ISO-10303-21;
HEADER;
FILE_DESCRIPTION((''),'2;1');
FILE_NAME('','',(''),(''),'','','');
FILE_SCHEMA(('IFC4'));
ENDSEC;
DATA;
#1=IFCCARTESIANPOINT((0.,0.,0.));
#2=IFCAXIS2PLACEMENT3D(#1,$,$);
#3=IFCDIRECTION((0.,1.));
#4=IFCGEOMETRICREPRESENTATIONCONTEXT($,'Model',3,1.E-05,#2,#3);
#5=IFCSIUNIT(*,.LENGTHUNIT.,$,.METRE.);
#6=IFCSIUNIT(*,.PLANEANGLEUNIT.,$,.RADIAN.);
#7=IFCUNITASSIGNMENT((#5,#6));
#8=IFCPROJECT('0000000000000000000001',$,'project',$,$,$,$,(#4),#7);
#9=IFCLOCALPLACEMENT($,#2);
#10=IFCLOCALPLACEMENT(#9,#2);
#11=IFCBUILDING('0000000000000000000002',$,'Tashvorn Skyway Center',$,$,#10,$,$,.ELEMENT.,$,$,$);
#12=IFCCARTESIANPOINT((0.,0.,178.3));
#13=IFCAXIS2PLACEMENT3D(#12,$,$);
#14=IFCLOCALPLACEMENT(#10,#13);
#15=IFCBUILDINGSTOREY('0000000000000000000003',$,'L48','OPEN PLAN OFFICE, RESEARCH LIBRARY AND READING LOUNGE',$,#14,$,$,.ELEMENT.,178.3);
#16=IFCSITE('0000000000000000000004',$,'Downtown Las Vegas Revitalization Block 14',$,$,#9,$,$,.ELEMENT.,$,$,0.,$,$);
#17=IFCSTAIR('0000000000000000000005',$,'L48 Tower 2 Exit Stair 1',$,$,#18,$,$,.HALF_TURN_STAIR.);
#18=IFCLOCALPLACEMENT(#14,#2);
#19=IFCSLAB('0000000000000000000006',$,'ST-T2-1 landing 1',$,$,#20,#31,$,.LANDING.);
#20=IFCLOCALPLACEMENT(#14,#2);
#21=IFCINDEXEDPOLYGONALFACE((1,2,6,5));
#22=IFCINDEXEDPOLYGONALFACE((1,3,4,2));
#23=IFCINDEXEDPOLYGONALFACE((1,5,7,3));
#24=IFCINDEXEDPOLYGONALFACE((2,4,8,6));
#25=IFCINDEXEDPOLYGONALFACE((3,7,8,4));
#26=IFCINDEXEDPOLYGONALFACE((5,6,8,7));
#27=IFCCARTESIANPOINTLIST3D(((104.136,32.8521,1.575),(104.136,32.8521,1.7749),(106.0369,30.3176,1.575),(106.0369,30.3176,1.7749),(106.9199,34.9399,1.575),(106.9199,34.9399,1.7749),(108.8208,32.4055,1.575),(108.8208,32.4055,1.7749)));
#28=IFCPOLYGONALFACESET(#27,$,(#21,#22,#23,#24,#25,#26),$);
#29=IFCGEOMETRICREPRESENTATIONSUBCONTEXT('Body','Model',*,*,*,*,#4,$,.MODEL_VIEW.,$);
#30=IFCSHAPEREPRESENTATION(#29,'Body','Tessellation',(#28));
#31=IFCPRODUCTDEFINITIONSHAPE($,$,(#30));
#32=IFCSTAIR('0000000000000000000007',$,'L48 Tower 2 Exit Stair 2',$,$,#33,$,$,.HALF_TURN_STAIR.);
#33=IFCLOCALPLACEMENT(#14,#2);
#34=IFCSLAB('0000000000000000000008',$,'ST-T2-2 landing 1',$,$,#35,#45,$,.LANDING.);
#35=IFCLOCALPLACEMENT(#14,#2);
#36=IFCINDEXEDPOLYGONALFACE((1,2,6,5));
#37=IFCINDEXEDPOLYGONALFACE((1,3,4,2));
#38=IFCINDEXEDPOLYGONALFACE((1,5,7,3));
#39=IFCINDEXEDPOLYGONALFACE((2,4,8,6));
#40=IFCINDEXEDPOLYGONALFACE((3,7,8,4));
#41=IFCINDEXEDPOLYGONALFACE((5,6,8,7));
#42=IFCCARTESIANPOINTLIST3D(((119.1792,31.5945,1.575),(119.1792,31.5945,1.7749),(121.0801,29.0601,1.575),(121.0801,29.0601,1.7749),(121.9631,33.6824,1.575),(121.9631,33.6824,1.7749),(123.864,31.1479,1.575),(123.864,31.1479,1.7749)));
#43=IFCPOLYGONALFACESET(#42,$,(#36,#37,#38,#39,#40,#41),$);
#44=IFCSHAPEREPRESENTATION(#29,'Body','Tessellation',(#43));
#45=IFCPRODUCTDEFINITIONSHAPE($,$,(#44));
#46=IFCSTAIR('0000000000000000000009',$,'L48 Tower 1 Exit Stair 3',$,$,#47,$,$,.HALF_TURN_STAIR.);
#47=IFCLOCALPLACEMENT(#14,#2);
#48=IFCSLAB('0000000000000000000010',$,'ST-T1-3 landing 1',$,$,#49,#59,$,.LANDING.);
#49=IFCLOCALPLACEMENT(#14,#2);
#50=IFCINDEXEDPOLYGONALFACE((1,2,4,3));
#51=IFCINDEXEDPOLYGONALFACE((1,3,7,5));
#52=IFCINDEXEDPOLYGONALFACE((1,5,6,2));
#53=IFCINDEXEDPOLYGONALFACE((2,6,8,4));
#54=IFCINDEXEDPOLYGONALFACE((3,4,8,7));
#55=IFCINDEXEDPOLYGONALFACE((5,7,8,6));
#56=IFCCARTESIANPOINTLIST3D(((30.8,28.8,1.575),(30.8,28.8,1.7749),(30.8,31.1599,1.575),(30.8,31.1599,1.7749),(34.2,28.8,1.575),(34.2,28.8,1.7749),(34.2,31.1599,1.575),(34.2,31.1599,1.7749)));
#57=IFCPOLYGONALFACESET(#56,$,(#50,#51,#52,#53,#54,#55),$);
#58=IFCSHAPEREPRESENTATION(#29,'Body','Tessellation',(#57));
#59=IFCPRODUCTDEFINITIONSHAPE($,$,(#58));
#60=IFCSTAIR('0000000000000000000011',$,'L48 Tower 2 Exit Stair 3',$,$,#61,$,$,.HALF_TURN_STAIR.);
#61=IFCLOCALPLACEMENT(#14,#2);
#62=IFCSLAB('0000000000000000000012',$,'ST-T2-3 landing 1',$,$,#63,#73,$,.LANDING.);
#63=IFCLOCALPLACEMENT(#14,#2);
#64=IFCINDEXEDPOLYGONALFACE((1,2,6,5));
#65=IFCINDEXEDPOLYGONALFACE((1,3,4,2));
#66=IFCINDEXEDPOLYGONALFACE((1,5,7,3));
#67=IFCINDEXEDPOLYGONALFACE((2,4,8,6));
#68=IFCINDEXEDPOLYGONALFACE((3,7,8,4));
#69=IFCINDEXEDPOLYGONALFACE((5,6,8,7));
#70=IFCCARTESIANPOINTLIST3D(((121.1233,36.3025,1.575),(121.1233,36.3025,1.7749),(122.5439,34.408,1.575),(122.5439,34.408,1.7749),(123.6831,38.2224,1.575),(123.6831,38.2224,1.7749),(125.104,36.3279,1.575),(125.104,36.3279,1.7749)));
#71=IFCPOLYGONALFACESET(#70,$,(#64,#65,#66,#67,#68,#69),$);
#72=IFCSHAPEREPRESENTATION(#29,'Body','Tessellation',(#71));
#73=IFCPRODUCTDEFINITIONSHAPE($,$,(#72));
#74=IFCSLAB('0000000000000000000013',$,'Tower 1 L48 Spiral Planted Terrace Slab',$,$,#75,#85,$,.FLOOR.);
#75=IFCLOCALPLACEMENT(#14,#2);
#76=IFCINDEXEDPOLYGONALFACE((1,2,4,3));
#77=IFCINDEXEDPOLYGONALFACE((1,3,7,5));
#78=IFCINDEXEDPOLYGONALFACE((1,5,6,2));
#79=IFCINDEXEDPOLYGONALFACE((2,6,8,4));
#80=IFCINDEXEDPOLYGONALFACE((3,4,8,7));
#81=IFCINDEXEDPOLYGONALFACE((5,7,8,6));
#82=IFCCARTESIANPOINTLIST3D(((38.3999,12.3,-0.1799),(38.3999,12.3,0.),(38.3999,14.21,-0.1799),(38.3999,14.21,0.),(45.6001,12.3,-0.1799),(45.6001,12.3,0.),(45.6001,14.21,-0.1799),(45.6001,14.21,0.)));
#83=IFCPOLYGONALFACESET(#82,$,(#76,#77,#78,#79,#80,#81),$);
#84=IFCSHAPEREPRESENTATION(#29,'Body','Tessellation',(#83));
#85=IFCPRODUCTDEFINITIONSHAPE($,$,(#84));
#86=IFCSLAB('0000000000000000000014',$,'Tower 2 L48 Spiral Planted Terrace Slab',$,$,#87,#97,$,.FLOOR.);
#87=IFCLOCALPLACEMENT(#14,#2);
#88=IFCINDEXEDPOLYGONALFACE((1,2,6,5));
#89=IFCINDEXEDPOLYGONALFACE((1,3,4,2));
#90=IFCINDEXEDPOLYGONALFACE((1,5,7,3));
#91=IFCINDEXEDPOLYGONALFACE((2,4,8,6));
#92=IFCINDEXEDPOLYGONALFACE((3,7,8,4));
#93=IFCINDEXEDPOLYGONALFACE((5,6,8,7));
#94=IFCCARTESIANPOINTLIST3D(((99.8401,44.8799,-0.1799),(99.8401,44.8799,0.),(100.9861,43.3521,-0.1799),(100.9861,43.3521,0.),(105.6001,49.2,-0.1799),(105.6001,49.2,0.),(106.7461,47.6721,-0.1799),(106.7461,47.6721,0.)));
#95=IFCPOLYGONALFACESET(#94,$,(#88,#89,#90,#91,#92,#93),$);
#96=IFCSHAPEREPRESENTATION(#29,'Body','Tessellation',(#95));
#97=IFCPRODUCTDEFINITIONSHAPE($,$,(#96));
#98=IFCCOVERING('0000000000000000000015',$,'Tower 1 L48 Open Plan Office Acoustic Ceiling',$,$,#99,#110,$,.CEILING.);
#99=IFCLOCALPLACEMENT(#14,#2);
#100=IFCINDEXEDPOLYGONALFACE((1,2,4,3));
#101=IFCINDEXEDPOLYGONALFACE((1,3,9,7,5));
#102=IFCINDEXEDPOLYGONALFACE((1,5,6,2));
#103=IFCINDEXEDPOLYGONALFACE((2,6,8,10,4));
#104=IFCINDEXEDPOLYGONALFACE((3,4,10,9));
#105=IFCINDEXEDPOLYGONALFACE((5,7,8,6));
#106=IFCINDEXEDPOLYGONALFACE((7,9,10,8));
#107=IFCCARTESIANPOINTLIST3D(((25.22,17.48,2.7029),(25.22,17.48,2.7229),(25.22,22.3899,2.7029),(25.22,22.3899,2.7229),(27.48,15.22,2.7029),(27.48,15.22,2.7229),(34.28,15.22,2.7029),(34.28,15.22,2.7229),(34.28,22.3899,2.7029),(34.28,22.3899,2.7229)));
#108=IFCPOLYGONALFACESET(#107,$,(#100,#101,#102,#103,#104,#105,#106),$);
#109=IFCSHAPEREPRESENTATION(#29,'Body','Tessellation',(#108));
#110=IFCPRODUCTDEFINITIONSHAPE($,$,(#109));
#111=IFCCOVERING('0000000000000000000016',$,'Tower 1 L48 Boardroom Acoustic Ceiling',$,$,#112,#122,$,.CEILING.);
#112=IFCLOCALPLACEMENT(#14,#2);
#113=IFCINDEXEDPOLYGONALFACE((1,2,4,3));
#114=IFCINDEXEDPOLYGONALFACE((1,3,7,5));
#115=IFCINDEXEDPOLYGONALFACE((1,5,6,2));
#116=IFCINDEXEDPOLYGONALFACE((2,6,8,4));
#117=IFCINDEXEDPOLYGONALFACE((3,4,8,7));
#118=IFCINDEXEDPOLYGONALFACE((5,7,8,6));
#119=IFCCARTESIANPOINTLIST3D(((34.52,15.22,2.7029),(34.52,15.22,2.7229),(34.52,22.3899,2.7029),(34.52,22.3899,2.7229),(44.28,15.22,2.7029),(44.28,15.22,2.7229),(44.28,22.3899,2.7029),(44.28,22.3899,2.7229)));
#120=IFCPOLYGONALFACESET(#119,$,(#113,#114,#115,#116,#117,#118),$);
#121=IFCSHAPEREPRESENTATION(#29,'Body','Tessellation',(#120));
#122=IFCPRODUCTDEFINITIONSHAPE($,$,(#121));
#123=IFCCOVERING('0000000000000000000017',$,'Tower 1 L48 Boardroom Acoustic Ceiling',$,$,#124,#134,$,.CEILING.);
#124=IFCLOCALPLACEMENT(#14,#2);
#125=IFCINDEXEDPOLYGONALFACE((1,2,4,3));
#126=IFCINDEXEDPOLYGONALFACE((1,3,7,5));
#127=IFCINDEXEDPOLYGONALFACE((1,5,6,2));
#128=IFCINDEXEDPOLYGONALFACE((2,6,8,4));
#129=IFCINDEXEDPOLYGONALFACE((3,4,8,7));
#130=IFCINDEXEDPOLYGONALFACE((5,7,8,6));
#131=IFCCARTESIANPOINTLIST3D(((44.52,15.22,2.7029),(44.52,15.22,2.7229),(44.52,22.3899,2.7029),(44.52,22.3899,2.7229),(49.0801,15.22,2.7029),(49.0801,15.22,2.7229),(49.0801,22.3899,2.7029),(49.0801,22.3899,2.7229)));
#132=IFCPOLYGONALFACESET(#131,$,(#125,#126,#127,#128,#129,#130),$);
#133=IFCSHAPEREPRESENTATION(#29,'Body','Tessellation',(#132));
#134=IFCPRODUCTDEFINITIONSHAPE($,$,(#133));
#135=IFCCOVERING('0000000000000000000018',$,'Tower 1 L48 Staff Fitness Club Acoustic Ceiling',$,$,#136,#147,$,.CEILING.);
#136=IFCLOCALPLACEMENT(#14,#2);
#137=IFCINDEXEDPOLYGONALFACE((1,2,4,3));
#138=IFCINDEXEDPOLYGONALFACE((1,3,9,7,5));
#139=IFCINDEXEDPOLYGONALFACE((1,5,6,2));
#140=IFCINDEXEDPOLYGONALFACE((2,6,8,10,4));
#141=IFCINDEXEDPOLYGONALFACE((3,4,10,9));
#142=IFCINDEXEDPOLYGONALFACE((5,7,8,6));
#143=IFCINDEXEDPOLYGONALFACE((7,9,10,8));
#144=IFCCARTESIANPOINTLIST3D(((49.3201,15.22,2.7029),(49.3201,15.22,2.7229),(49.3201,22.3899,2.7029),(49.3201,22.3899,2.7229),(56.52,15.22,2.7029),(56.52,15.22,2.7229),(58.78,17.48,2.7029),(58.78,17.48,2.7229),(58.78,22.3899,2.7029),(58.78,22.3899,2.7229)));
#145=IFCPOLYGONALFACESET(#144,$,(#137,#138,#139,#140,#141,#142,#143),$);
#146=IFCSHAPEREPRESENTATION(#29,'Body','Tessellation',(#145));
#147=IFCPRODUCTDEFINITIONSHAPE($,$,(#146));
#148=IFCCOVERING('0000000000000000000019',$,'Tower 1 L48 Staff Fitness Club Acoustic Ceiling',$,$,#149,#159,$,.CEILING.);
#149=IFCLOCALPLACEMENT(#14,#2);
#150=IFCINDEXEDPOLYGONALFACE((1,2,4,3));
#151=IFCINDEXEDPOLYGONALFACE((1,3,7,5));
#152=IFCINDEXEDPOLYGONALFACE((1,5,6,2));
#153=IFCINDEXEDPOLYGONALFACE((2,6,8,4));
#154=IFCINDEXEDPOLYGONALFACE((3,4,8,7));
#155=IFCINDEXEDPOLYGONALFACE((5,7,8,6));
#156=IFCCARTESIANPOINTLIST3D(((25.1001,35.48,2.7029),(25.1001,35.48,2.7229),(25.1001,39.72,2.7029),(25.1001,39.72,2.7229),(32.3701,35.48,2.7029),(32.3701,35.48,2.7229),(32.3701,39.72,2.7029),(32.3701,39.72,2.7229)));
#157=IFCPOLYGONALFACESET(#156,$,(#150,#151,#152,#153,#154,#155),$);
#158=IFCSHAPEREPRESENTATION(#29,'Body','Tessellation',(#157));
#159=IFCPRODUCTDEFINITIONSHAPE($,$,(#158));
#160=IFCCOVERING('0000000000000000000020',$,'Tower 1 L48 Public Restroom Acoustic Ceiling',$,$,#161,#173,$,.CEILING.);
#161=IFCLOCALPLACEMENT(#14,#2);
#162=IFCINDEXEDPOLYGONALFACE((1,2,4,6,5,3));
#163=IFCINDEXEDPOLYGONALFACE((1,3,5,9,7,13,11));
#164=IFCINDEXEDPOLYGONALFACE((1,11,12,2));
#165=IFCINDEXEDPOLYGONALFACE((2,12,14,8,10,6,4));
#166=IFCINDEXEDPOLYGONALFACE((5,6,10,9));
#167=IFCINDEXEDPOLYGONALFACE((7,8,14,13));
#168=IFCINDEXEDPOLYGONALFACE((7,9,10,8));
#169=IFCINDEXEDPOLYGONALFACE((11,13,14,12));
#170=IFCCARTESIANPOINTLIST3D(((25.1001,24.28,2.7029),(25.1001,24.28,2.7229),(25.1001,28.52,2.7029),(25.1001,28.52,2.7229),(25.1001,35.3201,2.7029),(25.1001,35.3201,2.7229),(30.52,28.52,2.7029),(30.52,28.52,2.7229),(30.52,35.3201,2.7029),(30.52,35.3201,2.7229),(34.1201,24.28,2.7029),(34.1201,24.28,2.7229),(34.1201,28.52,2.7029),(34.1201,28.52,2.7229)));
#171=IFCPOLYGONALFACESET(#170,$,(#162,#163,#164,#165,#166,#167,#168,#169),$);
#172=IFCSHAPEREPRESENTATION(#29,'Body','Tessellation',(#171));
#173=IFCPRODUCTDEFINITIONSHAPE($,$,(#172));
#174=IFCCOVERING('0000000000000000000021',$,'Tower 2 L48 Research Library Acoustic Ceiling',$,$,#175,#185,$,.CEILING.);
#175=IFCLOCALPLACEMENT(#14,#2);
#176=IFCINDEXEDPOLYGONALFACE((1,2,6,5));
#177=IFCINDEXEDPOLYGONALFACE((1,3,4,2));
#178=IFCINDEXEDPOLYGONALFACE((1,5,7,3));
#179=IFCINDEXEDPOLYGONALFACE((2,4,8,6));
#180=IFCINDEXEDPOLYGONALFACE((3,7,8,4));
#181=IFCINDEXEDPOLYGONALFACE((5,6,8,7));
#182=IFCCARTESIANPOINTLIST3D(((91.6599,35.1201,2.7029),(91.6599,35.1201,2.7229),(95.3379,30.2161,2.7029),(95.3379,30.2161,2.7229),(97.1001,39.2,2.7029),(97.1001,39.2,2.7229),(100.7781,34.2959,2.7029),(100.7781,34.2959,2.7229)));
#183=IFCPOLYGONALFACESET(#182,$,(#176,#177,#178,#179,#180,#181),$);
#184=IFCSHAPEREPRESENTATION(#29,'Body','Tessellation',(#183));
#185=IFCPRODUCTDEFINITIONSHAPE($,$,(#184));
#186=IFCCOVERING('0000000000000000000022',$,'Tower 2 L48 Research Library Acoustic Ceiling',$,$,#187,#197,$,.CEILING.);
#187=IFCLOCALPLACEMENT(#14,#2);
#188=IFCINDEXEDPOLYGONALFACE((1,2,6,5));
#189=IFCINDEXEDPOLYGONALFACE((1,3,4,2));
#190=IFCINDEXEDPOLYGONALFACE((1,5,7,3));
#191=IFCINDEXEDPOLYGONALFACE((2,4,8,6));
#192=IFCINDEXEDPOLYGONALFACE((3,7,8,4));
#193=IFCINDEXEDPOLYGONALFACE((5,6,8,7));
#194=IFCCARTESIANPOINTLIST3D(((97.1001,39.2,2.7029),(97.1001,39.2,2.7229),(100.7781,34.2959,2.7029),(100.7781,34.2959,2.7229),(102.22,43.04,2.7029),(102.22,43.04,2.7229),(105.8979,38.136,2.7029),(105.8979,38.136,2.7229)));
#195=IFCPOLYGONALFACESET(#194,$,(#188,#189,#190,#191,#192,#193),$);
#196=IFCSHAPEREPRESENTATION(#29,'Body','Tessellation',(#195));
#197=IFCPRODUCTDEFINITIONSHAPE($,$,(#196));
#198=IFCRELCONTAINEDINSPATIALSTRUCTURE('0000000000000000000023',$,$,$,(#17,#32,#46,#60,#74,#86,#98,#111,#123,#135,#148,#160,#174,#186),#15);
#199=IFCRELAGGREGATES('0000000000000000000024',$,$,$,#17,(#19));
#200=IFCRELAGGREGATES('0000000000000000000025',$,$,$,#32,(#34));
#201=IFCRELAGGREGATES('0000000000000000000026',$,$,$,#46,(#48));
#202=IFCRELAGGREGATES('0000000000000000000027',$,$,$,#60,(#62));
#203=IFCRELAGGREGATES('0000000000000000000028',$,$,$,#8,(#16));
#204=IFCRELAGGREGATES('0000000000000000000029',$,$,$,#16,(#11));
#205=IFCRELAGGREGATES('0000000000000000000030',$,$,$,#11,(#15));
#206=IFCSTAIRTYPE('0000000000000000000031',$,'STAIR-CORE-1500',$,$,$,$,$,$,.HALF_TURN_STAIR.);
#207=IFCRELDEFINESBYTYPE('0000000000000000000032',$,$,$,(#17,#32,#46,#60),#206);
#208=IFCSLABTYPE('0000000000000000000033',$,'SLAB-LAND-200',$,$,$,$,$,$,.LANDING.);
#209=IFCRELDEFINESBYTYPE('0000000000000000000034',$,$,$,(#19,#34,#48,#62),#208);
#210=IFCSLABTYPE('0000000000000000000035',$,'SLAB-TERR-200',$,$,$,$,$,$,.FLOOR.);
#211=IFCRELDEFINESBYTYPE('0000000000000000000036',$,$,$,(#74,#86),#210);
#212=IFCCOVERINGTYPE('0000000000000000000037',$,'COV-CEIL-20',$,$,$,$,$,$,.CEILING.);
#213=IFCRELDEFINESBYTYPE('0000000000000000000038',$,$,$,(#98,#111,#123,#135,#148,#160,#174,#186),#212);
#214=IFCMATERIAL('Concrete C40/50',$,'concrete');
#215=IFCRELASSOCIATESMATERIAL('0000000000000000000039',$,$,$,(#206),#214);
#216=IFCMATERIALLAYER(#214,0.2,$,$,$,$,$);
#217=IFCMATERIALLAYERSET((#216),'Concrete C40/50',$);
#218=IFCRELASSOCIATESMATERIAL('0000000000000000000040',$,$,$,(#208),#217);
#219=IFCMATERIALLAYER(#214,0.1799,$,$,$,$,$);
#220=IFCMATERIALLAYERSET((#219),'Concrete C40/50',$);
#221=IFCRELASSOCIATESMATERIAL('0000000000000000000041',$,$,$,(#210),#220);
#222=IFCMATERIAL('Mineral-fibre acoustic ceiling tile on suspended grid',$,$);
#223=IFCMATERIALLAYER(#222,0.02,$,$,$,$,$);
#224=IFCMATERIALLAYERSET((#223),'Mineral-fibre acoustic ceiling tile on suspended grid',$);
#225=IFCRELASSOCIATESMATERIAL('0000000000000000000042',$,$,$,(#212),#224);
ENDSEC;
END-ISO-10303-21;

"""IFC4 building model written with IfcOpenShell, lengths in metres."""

from ifc_helpers import new_model, si_unit, direction, frame, origin, place, context, subcontext, project, spatial, polyline, outline, extrude, material, layer, layer_set, type_object, element, aggregate, save


model = new_model("IFC4")

# Units and contexts
model_context = context("Model", 3, precision=1e-05, world=origin(), true_north=direction((0.0, 1.0)))
body_context = subcontext(model_context, "Body", "Model", "MODEL_VIEW")
ifc_project = project(units=[si_unit("LENGTHUNIT", "METRE"), si_unit("PLANEANGLEUNIT", "RADIAN")], contexts=[model_context])

# Site, building, storey
site_placement = place(None, origin())
site = spatial("IfcSite", under=ifc_project, at=site_placement, Name="Downtown Las Vegas Revitalization Block 14", CompositionType="ELEMENT", RefElevation=0.0)
building_placement = place(site_placement, origin())
building = spatial("IfcBuilding", under=site, at=building_placement, Name="Tashvorn Skyway Center", CompositionType="ELEMENT")
storey_placement = place(building_placement, frame((0.0, 0.0, 178.3)))
storey = spatial("IfcBuildingStorey", under=building, at=storey_placement, Name="L48", Description="OPEN PLAN OFFICE, RESEARCH LIBRARY AND READING LOUNGE", CompositionType="ELEMENT", Elevation=178.3)

# Shared definitions
ifc_material_1 = material(Name="Concrete C40/50", Category="concrete")

# Stairs, slabs
stair_type = type_object("IfcStairType", Name="STAIR-CORE-1500", PredefinedType="HALF_TURN_STAIR", material=ifc_material_1)
ifc_layer_1 = layer(ifc_material_1, 0.2)
ifc_layer_set_1 = layer_set([ifc_layer_1], Name="Concrete C40/50")
slab_type_1 = type_object("IfcSlabType", Name="SLAB-LAND-200", PredefinedType="LANDING", material=ifc_layer_set_1)
stair_1_placement = place(storey_placement, origin())
stair_1 = element("IfcStair", 1, at=stair_1_placement, inside=storey, type_object=stair_type, Name="L48 Tower 2 Exit Stair 1", PredefinedType="HALF_TURN_STAIR")
slab_1_placement = place(storey_placement, frame((0.0, 0.0, 1.575)))
slab_1 = element("IfcSlab", 2, at=slab_1_placement, type_object=slab_type_1, Name="ST-T2-1 landing 1", PredefinedType="LANDING", context=body_context, shape_type="SweptSolid", body=[
    extrude(outline(polyline([(108.8208, 32.4055), (106.9199, 34.9399), (104.136, 32.8521), (106.0369, 30.3176), (108.8208, 32.4055)])), origin(), (0.0, 0.0, 1.0), 0.2),
])
aggregate(stair_1, [slab_1])
stair_2_placement = place(storey_placement, origin())
stair_2 = element("IfcStair", 3, at=stair_2_placement, inside=storey, type_object=stair_type, Name="L48 Tower 2 Exit Stair 2", PredefinedType="HALF_TURN_STAIR")
slab_2_placement = place(storey_placement, frame((0.0, 0.0, 1.575)))
slab_2 = element("IfcSlab", 4, at=slab_2_placement, type_object=slab_type_1, Name="ST-T2-2 landing 1", PredefinedType="LANDING", context=body_context, shape_type="SweptSolid", body=[
    extrude(outline(polyline([(119.1792, 31.5945), (121.0801, 29.0601), (123.864, 31.1479), (121.9631, 33.6824), (119.1792, 31.5945)])), origin(), (0.0, 0.0, 1.0), 0.2),
])
aggregate(stair_2, [slab_2])
stair_3_placement = place(storey_placement, origin())
stair_3 = element("IfcStair", 5, at=stair_3_placement, inside=storey, type_object=stair_type, Name="L48 Tower 1 Exit Stair 3", PredefinedType="HALF_TURN_STAIR")
slab_3_placement = place(storey_placement, frame((0.0, 0.0, 1.575)))
slab_3 = element("IfcSlab", 6, at=slab_3_placement, type_object=slab_type_1, Name="ST-T1-3 landing 1", PredefinedType="LANDING", context=body_context, shape_type="SweptSolid", body=[
    extrude(outline(polyline([(30.8, 31.1599), (30.8, 28.8), (34.2, 28.8), (34.2, 31.1599), (30.8, 31.1599)])), origin(), (0.0, 0.0, 1.0), 0.2),
])
aggregate(stair_3, [slab_3])
stair_4_placement = place(storey_placement, origin())
stair_4 = element("IfcStair", 7, at=stair_4_placement, inside=storey, type_object=stair_type, Name="L48 Tower 2 Exit Stair 3", PredefinedType="HALF_TURN_STAIR")
slab_4_placement = place(storey_placement, frame((0.0, 0.0, 1.575)))
slab_4 = element("IfcSlab", 8, at=slab_4_placement, type_object=slab_type_1, Name="ST-T2-3 landing 1", PredefinedType="LANDING", context=body_context, shape_type="SweptSolid", body=[
    extrude(outline(polyline([(121.1233, 36.3025), (122.5439, 34.408), (125.104, 36.3279), (123.6831, 38.2224), (121.1233, 36.3025)])), origin(), (0.0, 0.0, 1.0), 0.2),
])
aggregate(stair_4, [slab_4])

# Slabs
ifc_layer_2 = layer(ifc_material_1, 0.1799)
ifc_layer_set_2 = layer_set([ifc_layer_2], Name="Concrete C40/50")
slab_type_2 = type_object("IfcSlabType", Name="SLAB-TERR-200", PredefinedType="FLOOR", material=ifc_layer_set_2)
slab_5_placement = place(storey_placement, frame((0.0, 0.0, -0.1799)))
element("IfcSlab", 9, at=slab_5_placement, inside=storey, type_object=slab_type_2, Name="Tower 1 L48 Spiral Planted Terrace Slab", PredefinedType="FLOOR", context=body_context, shape_type="SweptSolid", body=[
    extrude(outline(polyline([(38.3999, 12.3), (45.6001, 12.3), (45.6001, 14.21), (38.3999, 14.21), (38.3999, 12.3)])), origin(), (0.0, 0.0, 1.0), 0.1799),
])
slab_6_placement = place(storey_placement, frame((0.0, 0.0, -0.1799)))
element("IfcSlab", 10, at=slab_6_placement, inside=storey, type_object=slab_type_2, Name="Tower 2 L48 Spiral Planted Terrace Slab", PredefinedType="FLOOR", context=body_context, shape_type="SweptSolid", body=[
    extrude(outline(polyline([(100.9861, 43.3521), (106.7461, 47.6721), (105.6001, 49.2), (99.8401, 44.8799), (100.9861, 43.3521)])), origin(), (0.0, 0.0, 1.0), 0.1799),
])

# Coverings
ifc_material_2 = material(Name="Mineral-fibre acoustic ceiling tile on suspended grid")
ifc_layer_3 = layer(ifc_material_2, 0.02)
ifc_layer_set_3 = layer_set([ifc_layer_3], Name="Mineral-fibre acoustic ceiling tile on suspended grid")
covering_type_1 = type_object("IfcCoveringType", Name="COV-CEIL-20", PredefinedType="CEILING", material=ifc_layer_set_3)
covering_1_placement = place(storey_placement, frame((0.0, 0.0, 2.7029)))
element("IfcCovering", 11, at=covering_1_placement, inside=storey, type_object=covering_type_1, Name="Tower 1 L48 Open Plan Office Acoustic Ceiling", PredefinedType="CEILING", context=body_context, shape_type="SweptSolid", body=[
    extrude(outline(polyline([(25.22, 22.3899), (34.28, 22.3899), (34.28, 15.22), (27.48, 15.22), (25.22, 17.48), (25.22, 22.3899)])), origin(), (0.0, 0.0, 1.0), 0.02),
])
covering_2_placement = place(storey_placement, frame((0.0, 0.0, 2.7029)))
element("IfcCovering", 12, at=covering_2_placement, inside=storey, type_object=covering_type_1, Name="Tower 1 L48 Boardroom Acoustic Ceiling", PredefinedType="CEILING", context=body_context, shape_type="SweptSolid", body=[
    extrude(outline(polyline([(34.52, 22.3899), (44.28, 22.3899), (44.28, 15.22), (34.52, 15.22), (34.52, 22.3899)])), origin(), (0.0, 0.0, 1.0), 0.02),
])
covering_3_placement = place(storey_placement, frame((0.0, 0.0, 2.7029)))
element("IfcCovering", 13, at=covering_3_placement, inside=storey, type_object=covering_type_1, Name="Tower 1 L48 Boardroom Acoustic Ceiling", PredefinedType="CEILING", context=body_context, shape_type="SweptSolid", body=[
    extrude(outline(polyline([(44.52, 22.3899), (49.0801, 22.3899), (49.0801, 15.22), (44.52, 15.22), (44.52, 22.3899)])), origin(), (0.0, 0.0, 1.0), 0.02),
])
covering_4_placement = place(storey_placement, frame((0.0, 0.0, 2.7029)))
element("IfcCovering", 14, at=covering_4_placement, inside=storey, type_object=covering_type_1, Name="Tower 1 L48 Staff Fitness Club Acoustic Ceiling", PredefinedType="CEILING", context=body_context, shape_type="SweptSolid", body=[
    extrude(outline(polyline([(49.3201, 15.22), (49.3201, 22.3899), (58.78, 22.3899), (58.78, 17.48), (56.52, 15.22), (49.3201, 15.22)])), origin(), (0.0, 0.0, 1.0), 0.02),
])
covering_5_placement = place(storey_placement, frame((0.0, 0.0, 2.7029)))
element("IfcCovering", 15, at=covering_5_placement, inside=storey, type_object=covering_type_1, Name="Tower 1 L48 Staff Fitness Club Acoustic Ceiling", PredefinedType="CEILING", context=body_context, shape_type="SweptSolid", body=[
    extrude(outline(polyline([(32.3701, 39.72), (32.3701, 35.48), (25.1001, 35.48), (25.1001, 39.72), (32.3701, 39.72)])), origin(), (0.0, 0.0, 1.0), 0.02),
])
covering_6_placement = place(storey_placement, frame((0.0, 0.0, 2.7029)))
element("IfcCovering", 16, at=covering_6_placement, inside=storey, type_object=covering_type_1, Name="Tower 1 L48 Public Restroom Acoustic Ceiling", PredefinedType="CEILING", context=body_context, shape_type="SweptSolid", body=[
    extrude(outline(polyline([(34.1201, 24.28), (25.1001, 24.28), (25.1001, 28.52), (25.1001, 35.3201), (30.52, 35.3201), (30.52, 28.52), (34.1201, 28.52), (34.1201, 24.28)])), origin(), (0.0, 0.0, 1.0), 0.02),
])
covering_7_placement = place(storey_placement, frame((0.0, 0.0, 2.7029)))
element("IfcCovering", 17, at=covering_7_placement, inside=storey, type_object=covering_type_1, Name="Tower 2 L48 Research Library Acoustic Ceiling", PredefinedType="CEILING", context=body_context, shape_type="SweptSolid", body=[
    extrude(outline(polyline([(95.3379, 30.2161), (100.7781, 34.2959), (97.1001, 39.2), (91.6599, 35.1201), (95.3379, 30.2161)])), origin(), (0.0, 0.0, 1.0), 0.02),
])
covering_8_placement = place(storey_placement, frame((0.0, 0.0, 2.7029)))
element("IfcCovering", 18, at=covering_8_placement, inside=storey, type_object=covering_type_1, Name="Tower 2 L48 Research Library Acoustic Ceiling", PredefinedType="CEILING", context=body_context, shape_type="SweptSolid", body=[
    extrude(outline(polyline([(100.7781, 34.2959), (105.8979, 38.136), (102.22, 43.04), (97.1001, 39.2), (100.7781, 34.2959)])), origin(), (0.0, 0.0, 1.0), 0.02),
])

save(model, "model.ifc")
